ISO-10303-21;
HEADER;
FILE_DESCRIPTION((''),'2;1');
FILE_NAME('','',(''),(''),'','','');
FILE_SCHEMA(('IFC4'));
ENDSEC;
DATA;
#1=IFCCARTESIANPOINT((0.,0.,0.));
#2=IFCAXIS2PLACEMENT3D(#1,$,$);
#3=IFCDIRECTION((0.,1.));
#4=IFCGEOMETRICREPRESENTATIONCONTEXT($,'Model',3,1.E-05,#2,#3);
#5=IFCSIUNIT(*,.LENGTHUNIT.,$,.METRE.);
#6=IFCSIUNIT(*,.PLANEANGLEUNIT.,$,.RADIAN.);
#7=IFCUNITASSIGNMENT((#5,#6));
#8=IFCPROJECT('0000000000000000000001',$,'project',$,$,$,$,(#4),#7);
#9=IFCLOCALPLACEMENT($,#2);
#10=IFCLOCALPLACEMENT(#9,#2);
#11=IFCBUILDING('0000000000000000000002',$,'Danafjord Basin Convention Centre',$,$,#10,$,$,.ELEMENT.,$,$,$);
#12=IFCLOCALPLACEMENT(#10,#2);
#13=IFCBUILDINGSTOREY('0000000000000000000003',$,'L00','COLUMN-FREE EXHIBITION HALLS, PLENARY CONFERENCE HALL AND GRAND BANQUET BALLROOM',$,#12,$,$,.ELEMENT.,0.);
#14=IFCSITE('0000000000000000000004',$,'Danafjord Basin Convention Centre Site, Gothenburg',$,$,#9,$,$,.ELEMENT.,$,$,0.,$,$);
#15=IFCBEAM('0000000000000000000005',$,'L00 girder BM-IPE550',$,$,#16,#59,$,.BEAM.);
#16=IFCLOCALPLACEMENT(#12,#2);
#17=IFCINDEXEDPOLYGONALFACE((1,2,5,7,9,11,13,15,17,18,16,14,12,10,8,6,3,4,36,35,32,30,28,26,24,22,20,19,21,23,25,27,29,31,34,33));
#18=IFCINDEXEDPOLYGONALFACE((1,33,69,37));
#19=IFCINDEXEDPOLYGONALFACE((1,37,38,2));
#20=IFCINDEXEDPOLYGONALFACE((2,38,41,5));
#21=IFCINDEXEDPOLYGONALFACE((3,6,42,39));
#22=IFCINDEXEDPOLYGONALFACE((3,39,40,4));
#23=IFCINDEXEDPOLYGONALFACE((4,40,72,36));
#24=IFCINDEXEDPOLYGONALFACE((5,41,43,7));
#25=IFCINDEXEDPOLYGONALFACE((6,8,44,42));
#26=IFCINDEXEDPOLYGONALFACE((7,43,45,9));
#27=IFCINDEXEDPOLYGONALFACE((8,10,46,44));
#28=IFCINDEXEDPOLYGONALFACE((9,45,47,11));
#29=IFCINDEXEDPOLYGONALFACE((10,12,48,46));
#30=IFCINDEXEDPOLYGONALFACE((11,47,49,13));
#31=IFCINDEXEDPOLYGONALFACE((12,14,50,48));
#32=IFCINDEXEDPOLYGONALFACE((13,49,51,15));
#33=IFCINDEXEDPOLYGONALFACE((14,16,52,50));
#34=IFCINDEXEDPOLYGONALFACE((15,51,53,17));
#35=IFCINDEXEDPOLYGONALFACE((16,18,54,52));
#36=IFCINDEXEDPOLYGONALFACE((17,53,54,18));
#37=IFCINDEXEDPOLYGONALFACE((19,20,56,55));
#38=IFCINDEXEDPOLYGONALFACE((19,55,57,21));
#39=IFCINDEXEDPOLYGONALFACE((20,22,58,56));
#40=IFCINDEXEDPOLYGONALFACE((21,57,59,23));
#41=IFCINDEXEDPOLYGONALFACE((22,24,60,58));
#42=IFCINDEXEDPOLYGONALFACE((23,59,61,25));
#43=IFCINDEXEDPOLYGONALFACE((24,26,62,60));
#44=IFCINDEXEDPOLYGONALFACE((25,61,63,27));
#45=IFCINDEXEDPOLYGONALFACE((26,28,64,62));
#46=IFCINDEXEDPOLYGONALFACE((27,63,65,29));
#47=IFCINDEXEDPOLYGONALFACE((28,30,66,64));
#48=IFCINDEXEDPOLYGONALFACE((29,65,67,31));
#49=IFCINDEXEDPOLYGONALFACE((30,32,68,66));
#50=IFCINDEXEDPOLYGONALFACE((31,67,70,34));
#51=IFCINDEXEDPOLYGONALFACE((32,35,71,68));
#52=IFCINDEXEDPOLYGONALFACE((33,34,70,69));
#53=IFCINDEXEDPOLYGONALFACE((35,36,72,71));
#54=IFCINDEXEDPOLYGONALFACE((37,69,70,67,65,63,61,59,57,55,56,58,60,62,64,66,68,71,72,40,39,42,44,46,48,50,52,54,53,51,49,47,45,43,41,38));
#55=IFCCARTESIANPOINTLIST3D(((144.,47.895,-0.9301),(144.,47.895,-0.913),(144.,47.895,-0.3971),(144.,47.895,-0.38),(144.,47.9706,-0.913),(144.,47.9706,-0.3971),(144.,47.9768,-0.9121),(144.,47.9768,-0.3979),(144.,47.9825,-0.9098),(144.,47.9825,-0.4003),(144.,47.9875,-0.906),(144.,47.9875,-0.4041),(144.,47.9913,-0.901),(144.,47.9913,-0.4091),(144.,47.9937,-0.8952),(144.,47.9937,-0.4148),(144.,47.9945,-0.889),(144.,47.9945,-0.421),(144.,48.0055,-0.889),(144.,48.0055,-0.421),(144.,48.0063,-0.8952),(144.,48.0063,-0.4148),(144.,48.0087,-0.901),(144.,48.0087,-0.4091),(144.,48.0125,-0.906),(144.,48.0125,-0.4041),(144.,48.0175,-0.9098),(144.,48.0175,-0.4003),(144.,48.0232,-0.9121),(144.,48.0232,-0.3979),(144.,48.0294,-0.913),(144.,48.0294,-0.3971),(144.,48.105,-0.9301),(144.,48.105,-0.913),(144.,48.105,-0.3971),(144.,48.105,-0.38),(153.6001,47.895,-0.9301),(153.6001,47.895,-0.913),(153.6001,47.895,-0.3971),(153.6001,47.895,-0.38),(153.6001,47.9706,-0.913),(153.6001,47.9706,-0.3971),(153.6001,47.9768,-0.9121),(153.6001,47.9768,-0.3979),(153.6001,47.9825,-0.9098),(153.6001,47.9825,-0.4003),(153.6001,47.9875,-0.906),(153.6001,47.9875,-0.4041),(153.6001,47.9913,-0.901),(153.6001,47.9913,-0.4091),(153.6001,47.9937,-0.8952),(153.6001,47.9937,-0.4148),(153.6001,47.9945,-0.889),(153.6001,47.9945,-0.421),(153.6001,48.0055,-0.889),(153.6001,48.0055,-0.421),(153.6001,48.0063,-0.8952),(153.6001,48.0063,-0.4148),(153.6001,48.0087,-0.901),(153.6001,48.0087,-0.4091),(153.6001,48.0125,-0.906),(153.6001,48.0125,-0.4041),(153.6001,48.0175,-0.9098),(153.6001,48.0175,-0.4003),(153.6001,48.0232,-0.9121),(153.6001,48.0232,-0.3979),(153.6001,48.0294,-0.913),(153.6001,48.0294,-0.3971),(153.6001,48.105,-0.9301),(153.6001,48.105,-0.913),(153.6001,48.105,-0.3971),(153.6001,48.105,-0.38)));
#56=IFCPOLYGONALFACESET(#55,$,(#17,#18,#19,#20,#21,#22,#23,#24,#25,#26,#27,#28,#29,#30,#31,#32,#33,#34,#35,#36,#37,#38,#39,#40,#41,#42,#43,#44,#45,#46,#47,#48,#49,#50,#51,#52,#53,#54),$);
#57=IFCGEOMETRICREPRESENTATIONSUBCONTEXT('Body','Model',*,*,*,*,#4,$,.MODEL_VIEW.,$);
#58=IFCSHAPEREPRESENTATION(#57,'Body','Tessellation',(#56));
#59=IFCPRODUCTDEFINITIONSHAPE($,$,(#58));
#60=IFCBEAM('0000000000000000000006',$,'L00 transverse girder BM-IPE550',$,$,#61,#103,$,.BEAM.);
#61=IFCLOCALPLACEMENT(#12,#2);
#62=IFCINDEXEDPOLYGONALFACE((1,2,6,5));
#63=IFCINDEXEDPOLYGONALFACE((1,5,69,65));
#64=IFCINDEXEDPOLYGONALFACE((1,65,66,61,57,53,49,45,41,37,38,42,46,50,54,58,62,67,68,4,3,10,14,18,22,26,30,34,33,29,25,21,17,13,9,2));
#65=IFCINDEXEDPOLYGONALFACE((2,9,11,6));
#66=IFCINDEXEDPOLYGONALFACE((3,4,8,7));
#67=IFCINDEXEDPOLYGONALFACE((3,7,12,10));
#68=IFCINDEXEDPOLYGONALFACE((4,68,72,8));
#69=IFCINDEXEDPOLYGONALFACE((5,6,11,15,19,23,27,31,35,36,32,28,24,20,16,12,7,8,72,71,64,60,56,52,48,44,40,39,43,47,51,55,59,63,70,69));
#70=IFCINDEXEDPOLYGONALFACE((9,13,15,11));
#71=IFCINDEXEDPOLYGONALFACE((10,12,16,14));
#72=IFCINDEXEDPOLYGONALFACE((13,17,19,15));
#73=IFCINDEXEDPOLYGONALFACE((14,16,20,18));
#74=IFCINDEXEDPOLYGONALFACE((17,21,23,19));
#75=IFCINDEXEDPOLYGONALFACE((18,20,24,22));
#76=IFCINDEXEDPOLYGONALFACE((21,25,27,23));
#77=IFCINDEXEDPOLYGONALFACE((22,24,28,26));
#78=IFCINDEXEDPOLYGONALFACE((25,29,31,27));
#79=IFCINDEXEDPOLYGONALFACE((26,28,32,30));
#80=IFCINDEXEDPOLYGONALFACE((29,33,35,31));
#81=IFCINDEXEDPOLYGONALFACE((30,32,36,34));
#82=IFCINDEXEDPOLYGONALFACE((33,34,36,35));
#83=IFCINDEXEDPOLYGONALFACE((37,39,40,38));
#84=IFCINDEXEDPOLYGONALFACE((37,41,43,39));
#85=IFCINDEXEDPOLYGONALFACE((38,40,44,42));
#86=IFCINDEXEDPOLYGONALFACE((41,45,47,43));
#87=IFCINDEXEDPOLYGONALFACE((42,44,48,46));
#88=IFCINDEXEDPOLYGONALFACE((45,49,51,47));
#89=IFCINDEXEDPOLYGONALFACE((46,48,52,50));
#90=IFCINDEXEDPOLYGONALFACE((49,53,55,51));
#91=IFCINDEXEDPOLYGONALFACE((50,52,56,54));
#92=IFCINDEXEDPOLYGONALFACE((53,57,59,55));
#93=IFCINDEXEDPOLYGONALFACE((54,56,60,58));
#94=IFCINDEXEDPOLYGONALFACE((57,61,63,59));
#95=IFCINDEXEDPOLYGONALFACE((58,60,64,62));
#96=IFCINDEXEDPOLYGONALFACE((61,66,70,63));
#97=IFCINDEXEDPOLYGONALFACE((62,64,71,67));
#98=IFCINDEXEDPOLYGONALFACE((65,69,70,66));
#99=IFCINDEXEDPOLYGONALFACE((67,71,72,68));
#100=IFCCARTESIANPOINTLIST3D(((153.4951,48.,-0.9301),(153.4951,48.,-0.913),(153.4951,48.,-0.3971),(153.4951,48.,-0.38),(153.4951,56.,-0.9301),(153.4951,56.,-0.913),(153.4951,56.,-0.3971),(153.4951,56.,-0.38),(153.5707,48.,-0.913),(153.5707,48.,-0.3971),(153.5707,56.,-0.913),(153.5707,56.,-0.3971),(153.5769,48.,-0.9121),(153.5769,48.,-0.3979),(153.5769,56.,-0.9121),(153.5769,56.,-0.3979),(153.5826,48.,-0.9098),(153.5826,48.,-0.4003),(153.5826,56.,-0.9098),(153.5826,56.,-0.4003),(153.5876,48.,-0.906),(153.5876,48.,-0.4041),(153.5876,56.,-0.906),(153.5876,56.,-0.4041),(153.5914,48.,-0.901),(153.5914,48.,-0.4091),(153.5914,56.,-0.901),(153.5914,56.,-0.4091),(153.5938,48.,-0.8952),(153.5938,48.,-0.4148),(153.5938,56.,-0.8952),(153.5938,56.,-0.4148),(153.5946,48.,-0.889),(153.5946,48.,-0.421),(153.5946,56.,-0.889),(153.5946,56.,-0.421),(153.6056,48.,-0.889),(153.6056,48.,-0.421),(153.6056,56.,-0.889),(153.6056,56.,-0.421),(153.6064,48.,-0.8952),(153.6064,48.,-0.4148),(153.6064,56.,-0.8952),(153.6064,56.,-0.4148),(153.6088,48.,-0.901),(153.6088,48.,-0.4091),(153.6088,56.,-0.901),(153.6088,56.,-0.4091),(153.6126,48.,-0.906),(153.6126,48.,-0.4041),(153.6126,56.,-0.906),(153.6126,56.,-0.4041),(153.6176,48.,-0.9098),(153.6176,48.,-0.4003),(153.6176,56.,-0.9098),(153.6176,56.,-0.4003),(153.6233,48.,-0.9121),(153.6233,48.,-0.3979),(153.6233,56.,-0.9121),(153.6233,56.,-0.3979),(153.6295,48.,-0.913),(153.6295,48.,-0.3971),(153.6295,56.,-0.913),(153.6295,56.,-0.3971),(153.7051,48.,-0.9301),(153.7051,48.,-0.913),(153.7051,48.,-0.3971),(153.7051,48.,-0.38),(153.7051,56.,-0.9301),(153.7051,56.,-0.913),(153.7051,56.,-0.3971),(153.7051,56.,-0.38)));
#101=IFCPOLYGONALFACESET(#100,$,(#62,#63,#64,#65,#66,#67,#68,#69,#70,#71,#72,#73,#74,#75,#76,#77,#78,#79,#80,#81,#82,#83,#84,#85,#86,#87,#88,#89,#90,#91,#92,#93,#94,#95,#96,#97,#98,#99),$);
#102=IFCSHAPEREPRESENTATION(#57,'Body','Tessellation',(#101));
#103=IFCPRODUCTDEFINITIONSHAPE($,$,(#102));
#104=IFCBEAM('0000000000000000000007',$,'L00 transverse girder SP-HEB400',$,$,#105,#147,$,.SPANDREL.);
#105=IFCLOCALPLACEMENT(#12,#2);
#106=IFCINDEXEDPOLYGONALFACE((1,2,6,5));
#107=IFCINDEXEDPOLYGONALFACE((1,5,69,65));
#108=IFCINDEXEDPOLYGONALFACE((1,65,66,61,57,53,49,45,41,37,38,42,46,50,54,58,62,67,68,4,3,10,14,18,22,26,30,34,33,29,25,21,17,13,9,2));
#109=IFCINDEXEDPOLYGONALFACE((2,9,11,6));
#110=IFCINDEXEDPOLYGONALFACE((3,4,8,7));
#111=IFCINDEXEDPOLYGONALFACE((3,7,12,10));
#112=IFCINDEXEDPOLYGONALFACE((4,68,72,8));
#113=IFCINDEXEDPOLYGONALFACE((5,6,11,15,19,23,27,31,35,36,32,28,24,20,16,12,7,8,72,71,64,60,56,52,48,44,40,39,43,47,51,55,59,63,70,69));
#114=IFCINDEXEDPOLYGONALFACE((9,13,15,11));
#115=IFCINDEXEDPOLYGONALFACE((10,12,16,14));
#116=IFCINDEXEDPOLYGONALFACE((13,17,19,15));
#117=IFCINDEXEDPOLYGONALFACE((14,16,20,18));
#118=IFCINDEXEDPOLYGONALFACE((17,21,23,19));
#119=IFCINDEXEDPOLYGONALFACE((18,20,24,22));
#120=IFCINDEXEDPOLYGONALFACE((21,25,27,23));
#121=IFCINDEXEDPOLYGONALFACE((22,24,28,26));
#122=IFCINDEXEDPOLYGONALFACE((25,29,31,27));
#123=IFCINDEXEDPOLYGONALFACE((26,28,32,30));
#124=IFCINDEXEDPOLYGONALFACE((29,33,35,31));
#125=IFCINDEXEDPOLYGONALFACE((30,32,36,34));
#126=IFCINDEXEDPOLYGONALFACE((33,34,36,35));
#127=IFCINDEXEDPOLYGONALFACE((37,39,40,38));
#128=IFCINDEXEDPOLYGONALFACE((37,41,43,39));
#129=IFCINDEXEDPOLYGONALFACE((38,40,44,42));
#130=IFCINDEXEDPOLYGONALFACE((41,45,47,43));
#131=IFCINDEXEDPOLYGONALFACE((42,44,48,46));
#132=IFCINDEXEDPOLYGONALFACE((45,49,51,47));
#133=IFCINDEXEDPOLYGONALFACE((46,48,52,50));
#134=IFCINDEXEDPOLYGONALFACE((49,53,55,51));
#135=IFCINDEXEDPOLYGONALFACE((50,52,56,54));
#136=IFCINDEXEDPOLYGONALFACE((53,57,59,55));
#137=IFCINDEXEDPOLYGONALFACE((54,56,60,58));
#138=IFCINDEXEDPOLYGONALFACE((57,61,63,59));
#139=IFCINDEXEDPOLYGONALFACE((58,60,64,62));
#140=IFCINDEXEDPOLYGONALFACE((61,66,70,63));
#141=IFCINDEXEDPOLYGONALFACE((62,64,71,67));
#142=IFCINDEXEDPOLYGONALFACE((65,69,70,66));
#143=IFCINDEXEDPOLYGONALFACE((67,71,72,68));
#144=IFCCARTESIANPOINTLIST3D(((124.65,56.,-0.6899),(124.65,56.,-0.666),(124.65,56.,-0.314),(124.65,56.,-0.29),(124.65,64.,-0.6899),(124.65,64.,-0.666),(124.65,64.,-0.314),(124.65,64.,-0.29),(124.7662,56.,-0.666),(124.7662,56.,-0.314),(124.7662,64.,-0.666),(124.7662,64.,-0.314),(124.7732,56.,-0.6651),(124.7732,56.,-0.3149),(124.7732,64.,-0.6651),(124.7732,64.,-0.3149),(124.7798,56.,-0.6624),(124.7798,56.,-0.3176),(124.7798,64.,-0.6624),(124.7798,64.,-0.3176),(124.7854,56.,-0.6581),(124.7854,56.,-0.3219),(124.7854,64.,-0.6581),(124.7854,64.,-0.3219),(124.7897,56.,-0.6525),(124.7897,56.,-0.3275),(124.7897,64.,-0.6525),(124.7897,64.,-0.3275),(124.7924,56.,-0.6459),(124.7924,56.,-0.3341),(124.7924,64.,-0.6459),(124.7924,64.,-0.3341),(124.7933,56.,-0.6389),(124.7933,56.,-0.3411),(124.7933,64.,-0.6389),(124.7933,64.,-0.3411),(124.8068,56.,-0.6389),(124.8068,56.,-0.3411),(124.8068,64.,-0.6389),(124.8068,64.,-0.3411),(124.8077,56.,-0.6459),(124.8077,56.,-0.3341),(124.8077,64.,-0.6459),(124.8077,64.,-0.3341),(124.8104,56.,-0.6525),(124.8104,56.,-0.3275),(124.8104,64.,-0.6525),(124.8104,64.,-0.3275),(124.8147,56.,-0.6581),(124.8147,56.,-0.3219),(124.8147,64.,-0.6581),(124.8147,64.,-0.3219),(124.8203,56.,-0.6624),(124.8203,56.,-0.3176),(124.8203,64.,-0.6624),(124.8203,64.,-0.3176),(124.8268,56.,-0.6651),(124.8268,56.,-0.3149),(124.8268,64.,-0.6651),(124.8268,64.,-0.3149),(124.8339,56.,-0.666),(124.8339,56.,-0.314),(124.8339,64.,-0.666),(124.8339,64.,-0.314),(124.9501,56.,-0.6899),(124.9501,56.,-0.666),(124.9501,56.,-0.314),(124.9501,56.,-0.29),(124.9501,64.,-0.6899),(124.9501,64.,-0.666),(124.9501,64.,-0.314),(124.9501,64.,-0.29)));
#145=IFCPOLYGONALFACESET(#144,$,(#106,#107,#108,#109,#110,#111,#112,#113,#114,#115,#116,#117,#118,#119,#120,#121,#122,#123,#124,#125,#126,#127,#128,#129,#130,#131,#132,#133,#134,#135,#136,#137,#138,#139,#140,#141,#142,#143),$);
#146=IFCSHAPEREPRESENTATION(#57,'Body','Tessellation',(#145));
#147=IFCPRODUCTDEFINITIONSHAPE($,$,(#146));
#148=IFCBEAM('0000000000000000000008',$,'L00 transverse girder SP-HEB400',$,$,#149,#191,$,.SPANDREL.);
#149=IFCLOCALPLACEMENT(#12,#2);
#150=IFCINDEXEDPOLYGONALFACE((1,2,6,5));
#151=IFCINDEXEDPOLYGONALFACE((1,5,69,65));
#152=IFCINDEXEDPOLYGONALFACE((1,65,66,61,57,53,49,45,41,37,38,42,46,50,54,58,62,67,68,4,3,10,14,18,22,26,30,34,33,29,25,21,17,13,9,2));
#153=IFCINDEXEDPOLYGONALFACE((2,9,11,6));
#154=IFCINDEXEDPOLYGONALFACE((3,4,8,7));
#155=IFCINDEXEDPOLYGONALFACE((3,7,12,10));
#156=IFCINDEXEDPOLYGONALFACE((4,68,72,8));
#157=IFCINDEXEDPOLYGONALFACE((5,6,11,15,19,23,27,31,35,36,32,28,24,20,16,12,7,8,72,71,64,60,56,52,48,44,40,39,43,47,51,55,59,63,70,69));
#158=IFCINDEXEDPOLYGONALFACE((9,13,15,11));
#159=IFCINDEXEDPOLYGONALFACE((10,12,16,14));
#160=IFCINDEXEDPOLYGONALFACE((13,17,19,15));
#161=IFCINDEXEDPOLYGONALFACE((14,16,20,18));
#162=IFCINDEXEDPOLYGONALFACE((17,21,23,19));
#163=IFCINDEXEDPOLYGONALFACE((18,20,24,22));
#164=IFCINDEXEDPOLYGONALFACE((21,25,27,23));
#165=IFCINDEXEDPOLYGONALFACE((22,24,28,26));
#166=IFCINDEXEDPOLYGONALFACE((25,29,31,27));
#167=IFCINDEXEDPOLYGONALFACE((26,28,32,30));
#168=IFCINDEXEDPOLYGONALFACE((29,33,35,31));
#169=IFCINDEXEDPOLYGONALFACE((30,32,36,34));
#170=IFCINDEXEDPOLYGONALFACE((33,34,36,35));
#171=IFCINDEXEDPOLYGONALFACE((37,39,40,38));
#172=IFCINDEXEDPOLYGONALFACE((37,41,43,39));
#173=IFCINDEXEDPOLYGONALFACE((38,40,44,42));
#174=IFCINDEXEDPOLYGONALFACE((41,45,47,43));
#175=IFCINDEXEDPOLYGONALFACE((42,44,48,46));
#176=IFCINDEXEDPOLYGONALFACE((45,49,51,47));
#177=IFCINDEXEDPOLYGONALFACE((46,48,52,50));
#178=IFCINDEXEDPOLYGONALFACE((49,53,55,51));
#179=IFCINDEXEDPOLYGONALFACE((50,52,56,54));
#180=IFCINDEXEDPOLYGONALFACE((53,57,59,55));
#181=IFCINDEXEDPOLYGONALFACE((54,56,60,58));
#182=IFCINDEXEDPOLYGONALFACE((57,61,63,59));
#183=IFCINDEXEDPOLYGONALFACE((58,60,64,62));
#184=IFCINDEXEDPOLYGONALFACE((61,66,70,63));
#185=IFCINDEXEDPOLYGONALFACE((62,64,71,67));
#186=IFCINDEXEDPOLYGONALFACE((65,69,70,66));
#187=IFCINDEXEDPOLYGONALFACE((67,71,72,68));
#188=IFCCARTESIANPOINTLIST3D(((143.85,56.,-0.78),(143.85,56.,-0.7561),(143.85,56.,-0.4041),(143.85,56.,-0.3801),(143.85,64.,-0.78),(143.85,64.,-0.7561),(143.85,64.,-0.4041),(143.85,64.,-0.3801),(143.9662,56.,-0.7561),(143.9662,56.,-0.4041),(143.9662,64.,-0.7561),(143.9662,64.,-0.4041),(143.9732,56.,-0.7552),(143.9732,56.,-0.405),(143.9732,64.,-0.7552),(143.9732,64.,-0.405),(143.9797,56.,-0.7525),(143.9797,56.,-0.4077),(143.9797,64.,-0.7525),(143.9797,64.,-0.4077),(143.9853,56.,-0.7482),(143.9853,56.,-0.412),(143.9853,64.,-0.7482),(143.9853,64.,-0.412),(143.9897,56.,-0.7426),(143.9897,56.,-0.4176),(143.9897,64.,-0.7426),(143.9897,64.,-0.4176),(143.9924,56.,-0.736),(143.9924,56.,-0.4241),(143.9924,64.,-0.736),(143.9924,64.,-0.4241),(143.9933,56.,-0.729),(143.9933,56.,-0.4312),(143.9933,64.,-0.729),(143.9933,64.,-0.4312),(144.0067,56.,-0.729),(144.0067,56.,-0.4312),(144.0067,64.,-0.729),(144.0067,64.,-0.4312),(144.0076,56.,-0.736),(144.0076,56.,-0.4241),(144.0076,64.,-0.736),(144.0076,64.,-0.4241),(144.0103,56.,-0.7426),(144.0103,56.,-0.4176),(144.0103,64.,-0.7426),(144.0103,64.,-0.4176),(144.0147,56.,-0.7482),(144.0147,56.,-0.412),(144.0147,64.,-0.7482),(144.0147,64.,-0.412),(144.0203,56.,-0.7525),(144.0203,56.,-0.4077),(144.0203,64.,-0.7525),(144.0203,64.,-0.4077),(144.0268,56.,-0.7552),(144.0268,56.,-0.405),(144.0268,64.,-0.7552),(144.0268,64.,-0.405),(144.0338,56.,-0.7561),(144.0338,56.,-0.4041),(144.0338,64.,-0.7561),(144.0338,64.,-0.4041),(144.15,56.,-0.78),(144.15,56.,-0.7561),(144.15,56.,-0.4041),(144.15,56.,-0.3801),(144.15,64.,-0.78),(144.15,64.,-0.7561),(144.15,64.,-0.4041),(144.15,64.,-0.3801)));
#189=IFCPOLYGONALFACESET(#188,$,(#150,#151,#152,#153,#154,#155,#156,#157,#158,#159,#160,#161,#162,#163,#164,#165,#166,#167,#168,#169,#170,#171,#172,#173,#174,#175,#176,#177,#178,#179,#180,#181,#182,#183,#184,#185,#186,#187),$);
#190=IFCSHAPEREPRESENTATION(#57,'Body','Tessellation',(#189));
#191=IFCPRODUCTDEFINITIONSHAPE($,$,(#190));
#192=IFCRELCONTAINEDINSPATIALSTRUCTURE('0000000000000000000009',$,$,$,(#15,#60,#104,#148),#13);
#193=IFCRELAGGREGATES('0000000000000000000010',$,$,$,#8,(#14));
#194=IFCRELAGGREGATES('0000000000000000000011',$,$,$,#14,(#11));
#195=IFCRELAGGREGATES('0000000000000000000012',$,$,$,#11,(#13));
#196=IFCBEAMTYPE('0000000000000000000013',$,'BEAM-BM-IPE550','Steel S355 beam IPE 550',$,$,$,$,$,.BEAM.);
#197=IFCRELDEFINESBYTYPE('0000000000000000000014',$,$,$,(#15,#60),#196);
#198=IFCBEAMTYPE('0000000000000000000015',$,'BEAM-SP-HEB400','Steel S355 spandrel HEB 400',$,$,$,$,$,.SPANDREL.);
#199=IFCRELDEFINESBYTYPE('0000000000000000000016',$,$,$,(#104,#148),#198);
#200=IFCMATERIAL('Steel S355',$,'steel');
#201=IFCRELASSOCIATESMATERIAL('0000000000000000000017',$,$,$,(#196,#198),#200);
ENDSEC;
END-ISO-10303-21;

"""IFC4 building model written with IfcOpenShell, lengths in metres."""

from ifc_helpers import new_model, si_unit, direction, frame, origin, origin_2d, place, context, subcontext, project, spatial, i_section, extrude, material, material_profile, profile_set, type_object, element, save


model = new_model("IFC4")

# Units and contexts
model_context = context("Model", 3, precision=1e-05, world=origin(), true_north=direction((0.0, 1.0)))
body_context = subcontext(model_context, "Body", "Model", "MODEL_VIEW")
ifc_project = project(units=[si_unit("LENGTHUNIT", "METRE"), si_unit("PLANEANGLEUNIT", "RADIAN")], contexts=[model_context])

# Site, building, storey
site_placement = place(None, origin())
site = spatial("IfcSite", under=ifc_project, at=site_placement, Name="Danafjord Basin Convention Centre Site, Gothenburg", CompositionType="ELEMENT", RefElevation=0.0)
building_placement = place(site_placement, origin())
building = spatial("IfcBuilding", under=site, at=building_placement, Name="Danafjord Basin Convention Centre", CompositionType="ELEMENT")
storey_placement = place(building_placement, origin())
storey = spatial("IfcBuildingStorey", under=building, at=storey_placement, Name="L00", Description="COLUMN-FREE EXHIBITION HALLS, PLENARY CONFERENCE HALL AND GRAND BANQUET BALLROOM", CompositionType="ELEMENT", Elevation=0.0)

# Shared definitions
ifc_material_1 = material(Name="Steel S355", Category="steel")

# Beams
ifc_material_profile_1 = material_profile(ifc_material_1, i_section(OverallWidth=0.21, OverallDepth=0.55, WebThickness=0.011, FlangeThickness=0.0171, FilletRadius=0.0239, at=origin_2d()), Name="IPE 550")
ifc_profile_set_1 = profile_set([ifc_material_profile_1], Name="Steel S355")
beam_type_1 = type_object("IfcBeamType", Name="BEAM-BM-IPE550", Description="Steel S355 beam IPE 550", PredefinedType="BEAM", material=ifc_profile_set_1)
beam_1_placement = place(storey_placement, frame((144.0, 48.0, -0.655), z_axis=(1.0, 0.0, 0.0), x_axis=(0.0, 1.0, 0.0)))
element("IfcBeam", 1, at=beam_1_placement, inside=storey, type_object=beam_type_1, Name="L00 girder BM-IPE550", PredefinedType="BEAM", context=body_context, shape_type="SweptSolid", body=[
    extrude(i_section(OverallWidth=0.21, OverallDepth=0.55, WebThickness=0.011, FlangeThickness=0.0171, FilletRadius=0.0239, at=origin_2d()), origin(), (0.0, 0.0, 1.0), 9.6001),
])
beam_2_placement = place(storey_placement, frame((153.6001, 48.0, -0.655), z_axis=(0.0, 1.0, 0.0), x_axis=(-1.0, 0.0, 0.0)))
element("IfcBeam", 2, at=beam_2_placement, inside=storey, type_object=beam_type_1, Name="L00 transverse girder BM-IPE550", PredefinedType="BEAM", context=body_context, shape_type="SweptSolid", body=[
    extrude(i_section(OverallWidth=0.21, OverallDepth=0.55, WebThickness=0.011, FlangeThickness=0.0171, FilletRadius=0.0239, at=origin_2d()), origin(), (0.0, 0.0, 1.0), 8.0),
])
ifc_material_profile_2 = material_profile(ifc_material_1, i_section(OverallWidth=0.3, OverallDepth=0.3999, WebThickness=0.0134, FlangeThickness=0.0239, FilletRadius=0.0271, at=origin_2d()), Name="HEB 400")
ifc_profile_set_2 = profile_set([ifc_material_profile_2], Name="Steel S355")
beam_type_2 = type_object("IfcBeamType", Name="BEAM-SP-HEB400", Description="Steel S355 spandrel HEB 400", PredefinedType="SPANDREL", material=ifc_profile_set_2)
for number, where, z_axis, x_axis, name in (
    (3, (124.8, 56.0, -0.49), (0.0, 1.0, 0.0), (-1.0, 0.0, 0.0), "L00 transverse girder SP-HEB400"),
    (4, (144.0, 56.0, -0.5801), (0.0, 1.0, 0.0), (-1.0, 0.0, 0.0), "L00 transverse girder SP-HEB400"),
):
    element("IfcBeam", number, at=place(storey_placement, frame(where, z_axis=z_axis, x_axis=x_axis)), inside=storey, type_object=beam_type_2, Name=name, PredefinedType="SPANDREL", context=body_context, shape_type="SweptSolid", body=[
        extrude(i_section(OverallWidth=0.3, OverallDepth=0.3999, WebThickness=0.0134, FlangeThickness=0.0239, FilletRadius=0.0271, at=origin_2d()), origin(), (0.0, 0.0, 1.0), 8.0),
    ])

save(model, "model.ifc")
